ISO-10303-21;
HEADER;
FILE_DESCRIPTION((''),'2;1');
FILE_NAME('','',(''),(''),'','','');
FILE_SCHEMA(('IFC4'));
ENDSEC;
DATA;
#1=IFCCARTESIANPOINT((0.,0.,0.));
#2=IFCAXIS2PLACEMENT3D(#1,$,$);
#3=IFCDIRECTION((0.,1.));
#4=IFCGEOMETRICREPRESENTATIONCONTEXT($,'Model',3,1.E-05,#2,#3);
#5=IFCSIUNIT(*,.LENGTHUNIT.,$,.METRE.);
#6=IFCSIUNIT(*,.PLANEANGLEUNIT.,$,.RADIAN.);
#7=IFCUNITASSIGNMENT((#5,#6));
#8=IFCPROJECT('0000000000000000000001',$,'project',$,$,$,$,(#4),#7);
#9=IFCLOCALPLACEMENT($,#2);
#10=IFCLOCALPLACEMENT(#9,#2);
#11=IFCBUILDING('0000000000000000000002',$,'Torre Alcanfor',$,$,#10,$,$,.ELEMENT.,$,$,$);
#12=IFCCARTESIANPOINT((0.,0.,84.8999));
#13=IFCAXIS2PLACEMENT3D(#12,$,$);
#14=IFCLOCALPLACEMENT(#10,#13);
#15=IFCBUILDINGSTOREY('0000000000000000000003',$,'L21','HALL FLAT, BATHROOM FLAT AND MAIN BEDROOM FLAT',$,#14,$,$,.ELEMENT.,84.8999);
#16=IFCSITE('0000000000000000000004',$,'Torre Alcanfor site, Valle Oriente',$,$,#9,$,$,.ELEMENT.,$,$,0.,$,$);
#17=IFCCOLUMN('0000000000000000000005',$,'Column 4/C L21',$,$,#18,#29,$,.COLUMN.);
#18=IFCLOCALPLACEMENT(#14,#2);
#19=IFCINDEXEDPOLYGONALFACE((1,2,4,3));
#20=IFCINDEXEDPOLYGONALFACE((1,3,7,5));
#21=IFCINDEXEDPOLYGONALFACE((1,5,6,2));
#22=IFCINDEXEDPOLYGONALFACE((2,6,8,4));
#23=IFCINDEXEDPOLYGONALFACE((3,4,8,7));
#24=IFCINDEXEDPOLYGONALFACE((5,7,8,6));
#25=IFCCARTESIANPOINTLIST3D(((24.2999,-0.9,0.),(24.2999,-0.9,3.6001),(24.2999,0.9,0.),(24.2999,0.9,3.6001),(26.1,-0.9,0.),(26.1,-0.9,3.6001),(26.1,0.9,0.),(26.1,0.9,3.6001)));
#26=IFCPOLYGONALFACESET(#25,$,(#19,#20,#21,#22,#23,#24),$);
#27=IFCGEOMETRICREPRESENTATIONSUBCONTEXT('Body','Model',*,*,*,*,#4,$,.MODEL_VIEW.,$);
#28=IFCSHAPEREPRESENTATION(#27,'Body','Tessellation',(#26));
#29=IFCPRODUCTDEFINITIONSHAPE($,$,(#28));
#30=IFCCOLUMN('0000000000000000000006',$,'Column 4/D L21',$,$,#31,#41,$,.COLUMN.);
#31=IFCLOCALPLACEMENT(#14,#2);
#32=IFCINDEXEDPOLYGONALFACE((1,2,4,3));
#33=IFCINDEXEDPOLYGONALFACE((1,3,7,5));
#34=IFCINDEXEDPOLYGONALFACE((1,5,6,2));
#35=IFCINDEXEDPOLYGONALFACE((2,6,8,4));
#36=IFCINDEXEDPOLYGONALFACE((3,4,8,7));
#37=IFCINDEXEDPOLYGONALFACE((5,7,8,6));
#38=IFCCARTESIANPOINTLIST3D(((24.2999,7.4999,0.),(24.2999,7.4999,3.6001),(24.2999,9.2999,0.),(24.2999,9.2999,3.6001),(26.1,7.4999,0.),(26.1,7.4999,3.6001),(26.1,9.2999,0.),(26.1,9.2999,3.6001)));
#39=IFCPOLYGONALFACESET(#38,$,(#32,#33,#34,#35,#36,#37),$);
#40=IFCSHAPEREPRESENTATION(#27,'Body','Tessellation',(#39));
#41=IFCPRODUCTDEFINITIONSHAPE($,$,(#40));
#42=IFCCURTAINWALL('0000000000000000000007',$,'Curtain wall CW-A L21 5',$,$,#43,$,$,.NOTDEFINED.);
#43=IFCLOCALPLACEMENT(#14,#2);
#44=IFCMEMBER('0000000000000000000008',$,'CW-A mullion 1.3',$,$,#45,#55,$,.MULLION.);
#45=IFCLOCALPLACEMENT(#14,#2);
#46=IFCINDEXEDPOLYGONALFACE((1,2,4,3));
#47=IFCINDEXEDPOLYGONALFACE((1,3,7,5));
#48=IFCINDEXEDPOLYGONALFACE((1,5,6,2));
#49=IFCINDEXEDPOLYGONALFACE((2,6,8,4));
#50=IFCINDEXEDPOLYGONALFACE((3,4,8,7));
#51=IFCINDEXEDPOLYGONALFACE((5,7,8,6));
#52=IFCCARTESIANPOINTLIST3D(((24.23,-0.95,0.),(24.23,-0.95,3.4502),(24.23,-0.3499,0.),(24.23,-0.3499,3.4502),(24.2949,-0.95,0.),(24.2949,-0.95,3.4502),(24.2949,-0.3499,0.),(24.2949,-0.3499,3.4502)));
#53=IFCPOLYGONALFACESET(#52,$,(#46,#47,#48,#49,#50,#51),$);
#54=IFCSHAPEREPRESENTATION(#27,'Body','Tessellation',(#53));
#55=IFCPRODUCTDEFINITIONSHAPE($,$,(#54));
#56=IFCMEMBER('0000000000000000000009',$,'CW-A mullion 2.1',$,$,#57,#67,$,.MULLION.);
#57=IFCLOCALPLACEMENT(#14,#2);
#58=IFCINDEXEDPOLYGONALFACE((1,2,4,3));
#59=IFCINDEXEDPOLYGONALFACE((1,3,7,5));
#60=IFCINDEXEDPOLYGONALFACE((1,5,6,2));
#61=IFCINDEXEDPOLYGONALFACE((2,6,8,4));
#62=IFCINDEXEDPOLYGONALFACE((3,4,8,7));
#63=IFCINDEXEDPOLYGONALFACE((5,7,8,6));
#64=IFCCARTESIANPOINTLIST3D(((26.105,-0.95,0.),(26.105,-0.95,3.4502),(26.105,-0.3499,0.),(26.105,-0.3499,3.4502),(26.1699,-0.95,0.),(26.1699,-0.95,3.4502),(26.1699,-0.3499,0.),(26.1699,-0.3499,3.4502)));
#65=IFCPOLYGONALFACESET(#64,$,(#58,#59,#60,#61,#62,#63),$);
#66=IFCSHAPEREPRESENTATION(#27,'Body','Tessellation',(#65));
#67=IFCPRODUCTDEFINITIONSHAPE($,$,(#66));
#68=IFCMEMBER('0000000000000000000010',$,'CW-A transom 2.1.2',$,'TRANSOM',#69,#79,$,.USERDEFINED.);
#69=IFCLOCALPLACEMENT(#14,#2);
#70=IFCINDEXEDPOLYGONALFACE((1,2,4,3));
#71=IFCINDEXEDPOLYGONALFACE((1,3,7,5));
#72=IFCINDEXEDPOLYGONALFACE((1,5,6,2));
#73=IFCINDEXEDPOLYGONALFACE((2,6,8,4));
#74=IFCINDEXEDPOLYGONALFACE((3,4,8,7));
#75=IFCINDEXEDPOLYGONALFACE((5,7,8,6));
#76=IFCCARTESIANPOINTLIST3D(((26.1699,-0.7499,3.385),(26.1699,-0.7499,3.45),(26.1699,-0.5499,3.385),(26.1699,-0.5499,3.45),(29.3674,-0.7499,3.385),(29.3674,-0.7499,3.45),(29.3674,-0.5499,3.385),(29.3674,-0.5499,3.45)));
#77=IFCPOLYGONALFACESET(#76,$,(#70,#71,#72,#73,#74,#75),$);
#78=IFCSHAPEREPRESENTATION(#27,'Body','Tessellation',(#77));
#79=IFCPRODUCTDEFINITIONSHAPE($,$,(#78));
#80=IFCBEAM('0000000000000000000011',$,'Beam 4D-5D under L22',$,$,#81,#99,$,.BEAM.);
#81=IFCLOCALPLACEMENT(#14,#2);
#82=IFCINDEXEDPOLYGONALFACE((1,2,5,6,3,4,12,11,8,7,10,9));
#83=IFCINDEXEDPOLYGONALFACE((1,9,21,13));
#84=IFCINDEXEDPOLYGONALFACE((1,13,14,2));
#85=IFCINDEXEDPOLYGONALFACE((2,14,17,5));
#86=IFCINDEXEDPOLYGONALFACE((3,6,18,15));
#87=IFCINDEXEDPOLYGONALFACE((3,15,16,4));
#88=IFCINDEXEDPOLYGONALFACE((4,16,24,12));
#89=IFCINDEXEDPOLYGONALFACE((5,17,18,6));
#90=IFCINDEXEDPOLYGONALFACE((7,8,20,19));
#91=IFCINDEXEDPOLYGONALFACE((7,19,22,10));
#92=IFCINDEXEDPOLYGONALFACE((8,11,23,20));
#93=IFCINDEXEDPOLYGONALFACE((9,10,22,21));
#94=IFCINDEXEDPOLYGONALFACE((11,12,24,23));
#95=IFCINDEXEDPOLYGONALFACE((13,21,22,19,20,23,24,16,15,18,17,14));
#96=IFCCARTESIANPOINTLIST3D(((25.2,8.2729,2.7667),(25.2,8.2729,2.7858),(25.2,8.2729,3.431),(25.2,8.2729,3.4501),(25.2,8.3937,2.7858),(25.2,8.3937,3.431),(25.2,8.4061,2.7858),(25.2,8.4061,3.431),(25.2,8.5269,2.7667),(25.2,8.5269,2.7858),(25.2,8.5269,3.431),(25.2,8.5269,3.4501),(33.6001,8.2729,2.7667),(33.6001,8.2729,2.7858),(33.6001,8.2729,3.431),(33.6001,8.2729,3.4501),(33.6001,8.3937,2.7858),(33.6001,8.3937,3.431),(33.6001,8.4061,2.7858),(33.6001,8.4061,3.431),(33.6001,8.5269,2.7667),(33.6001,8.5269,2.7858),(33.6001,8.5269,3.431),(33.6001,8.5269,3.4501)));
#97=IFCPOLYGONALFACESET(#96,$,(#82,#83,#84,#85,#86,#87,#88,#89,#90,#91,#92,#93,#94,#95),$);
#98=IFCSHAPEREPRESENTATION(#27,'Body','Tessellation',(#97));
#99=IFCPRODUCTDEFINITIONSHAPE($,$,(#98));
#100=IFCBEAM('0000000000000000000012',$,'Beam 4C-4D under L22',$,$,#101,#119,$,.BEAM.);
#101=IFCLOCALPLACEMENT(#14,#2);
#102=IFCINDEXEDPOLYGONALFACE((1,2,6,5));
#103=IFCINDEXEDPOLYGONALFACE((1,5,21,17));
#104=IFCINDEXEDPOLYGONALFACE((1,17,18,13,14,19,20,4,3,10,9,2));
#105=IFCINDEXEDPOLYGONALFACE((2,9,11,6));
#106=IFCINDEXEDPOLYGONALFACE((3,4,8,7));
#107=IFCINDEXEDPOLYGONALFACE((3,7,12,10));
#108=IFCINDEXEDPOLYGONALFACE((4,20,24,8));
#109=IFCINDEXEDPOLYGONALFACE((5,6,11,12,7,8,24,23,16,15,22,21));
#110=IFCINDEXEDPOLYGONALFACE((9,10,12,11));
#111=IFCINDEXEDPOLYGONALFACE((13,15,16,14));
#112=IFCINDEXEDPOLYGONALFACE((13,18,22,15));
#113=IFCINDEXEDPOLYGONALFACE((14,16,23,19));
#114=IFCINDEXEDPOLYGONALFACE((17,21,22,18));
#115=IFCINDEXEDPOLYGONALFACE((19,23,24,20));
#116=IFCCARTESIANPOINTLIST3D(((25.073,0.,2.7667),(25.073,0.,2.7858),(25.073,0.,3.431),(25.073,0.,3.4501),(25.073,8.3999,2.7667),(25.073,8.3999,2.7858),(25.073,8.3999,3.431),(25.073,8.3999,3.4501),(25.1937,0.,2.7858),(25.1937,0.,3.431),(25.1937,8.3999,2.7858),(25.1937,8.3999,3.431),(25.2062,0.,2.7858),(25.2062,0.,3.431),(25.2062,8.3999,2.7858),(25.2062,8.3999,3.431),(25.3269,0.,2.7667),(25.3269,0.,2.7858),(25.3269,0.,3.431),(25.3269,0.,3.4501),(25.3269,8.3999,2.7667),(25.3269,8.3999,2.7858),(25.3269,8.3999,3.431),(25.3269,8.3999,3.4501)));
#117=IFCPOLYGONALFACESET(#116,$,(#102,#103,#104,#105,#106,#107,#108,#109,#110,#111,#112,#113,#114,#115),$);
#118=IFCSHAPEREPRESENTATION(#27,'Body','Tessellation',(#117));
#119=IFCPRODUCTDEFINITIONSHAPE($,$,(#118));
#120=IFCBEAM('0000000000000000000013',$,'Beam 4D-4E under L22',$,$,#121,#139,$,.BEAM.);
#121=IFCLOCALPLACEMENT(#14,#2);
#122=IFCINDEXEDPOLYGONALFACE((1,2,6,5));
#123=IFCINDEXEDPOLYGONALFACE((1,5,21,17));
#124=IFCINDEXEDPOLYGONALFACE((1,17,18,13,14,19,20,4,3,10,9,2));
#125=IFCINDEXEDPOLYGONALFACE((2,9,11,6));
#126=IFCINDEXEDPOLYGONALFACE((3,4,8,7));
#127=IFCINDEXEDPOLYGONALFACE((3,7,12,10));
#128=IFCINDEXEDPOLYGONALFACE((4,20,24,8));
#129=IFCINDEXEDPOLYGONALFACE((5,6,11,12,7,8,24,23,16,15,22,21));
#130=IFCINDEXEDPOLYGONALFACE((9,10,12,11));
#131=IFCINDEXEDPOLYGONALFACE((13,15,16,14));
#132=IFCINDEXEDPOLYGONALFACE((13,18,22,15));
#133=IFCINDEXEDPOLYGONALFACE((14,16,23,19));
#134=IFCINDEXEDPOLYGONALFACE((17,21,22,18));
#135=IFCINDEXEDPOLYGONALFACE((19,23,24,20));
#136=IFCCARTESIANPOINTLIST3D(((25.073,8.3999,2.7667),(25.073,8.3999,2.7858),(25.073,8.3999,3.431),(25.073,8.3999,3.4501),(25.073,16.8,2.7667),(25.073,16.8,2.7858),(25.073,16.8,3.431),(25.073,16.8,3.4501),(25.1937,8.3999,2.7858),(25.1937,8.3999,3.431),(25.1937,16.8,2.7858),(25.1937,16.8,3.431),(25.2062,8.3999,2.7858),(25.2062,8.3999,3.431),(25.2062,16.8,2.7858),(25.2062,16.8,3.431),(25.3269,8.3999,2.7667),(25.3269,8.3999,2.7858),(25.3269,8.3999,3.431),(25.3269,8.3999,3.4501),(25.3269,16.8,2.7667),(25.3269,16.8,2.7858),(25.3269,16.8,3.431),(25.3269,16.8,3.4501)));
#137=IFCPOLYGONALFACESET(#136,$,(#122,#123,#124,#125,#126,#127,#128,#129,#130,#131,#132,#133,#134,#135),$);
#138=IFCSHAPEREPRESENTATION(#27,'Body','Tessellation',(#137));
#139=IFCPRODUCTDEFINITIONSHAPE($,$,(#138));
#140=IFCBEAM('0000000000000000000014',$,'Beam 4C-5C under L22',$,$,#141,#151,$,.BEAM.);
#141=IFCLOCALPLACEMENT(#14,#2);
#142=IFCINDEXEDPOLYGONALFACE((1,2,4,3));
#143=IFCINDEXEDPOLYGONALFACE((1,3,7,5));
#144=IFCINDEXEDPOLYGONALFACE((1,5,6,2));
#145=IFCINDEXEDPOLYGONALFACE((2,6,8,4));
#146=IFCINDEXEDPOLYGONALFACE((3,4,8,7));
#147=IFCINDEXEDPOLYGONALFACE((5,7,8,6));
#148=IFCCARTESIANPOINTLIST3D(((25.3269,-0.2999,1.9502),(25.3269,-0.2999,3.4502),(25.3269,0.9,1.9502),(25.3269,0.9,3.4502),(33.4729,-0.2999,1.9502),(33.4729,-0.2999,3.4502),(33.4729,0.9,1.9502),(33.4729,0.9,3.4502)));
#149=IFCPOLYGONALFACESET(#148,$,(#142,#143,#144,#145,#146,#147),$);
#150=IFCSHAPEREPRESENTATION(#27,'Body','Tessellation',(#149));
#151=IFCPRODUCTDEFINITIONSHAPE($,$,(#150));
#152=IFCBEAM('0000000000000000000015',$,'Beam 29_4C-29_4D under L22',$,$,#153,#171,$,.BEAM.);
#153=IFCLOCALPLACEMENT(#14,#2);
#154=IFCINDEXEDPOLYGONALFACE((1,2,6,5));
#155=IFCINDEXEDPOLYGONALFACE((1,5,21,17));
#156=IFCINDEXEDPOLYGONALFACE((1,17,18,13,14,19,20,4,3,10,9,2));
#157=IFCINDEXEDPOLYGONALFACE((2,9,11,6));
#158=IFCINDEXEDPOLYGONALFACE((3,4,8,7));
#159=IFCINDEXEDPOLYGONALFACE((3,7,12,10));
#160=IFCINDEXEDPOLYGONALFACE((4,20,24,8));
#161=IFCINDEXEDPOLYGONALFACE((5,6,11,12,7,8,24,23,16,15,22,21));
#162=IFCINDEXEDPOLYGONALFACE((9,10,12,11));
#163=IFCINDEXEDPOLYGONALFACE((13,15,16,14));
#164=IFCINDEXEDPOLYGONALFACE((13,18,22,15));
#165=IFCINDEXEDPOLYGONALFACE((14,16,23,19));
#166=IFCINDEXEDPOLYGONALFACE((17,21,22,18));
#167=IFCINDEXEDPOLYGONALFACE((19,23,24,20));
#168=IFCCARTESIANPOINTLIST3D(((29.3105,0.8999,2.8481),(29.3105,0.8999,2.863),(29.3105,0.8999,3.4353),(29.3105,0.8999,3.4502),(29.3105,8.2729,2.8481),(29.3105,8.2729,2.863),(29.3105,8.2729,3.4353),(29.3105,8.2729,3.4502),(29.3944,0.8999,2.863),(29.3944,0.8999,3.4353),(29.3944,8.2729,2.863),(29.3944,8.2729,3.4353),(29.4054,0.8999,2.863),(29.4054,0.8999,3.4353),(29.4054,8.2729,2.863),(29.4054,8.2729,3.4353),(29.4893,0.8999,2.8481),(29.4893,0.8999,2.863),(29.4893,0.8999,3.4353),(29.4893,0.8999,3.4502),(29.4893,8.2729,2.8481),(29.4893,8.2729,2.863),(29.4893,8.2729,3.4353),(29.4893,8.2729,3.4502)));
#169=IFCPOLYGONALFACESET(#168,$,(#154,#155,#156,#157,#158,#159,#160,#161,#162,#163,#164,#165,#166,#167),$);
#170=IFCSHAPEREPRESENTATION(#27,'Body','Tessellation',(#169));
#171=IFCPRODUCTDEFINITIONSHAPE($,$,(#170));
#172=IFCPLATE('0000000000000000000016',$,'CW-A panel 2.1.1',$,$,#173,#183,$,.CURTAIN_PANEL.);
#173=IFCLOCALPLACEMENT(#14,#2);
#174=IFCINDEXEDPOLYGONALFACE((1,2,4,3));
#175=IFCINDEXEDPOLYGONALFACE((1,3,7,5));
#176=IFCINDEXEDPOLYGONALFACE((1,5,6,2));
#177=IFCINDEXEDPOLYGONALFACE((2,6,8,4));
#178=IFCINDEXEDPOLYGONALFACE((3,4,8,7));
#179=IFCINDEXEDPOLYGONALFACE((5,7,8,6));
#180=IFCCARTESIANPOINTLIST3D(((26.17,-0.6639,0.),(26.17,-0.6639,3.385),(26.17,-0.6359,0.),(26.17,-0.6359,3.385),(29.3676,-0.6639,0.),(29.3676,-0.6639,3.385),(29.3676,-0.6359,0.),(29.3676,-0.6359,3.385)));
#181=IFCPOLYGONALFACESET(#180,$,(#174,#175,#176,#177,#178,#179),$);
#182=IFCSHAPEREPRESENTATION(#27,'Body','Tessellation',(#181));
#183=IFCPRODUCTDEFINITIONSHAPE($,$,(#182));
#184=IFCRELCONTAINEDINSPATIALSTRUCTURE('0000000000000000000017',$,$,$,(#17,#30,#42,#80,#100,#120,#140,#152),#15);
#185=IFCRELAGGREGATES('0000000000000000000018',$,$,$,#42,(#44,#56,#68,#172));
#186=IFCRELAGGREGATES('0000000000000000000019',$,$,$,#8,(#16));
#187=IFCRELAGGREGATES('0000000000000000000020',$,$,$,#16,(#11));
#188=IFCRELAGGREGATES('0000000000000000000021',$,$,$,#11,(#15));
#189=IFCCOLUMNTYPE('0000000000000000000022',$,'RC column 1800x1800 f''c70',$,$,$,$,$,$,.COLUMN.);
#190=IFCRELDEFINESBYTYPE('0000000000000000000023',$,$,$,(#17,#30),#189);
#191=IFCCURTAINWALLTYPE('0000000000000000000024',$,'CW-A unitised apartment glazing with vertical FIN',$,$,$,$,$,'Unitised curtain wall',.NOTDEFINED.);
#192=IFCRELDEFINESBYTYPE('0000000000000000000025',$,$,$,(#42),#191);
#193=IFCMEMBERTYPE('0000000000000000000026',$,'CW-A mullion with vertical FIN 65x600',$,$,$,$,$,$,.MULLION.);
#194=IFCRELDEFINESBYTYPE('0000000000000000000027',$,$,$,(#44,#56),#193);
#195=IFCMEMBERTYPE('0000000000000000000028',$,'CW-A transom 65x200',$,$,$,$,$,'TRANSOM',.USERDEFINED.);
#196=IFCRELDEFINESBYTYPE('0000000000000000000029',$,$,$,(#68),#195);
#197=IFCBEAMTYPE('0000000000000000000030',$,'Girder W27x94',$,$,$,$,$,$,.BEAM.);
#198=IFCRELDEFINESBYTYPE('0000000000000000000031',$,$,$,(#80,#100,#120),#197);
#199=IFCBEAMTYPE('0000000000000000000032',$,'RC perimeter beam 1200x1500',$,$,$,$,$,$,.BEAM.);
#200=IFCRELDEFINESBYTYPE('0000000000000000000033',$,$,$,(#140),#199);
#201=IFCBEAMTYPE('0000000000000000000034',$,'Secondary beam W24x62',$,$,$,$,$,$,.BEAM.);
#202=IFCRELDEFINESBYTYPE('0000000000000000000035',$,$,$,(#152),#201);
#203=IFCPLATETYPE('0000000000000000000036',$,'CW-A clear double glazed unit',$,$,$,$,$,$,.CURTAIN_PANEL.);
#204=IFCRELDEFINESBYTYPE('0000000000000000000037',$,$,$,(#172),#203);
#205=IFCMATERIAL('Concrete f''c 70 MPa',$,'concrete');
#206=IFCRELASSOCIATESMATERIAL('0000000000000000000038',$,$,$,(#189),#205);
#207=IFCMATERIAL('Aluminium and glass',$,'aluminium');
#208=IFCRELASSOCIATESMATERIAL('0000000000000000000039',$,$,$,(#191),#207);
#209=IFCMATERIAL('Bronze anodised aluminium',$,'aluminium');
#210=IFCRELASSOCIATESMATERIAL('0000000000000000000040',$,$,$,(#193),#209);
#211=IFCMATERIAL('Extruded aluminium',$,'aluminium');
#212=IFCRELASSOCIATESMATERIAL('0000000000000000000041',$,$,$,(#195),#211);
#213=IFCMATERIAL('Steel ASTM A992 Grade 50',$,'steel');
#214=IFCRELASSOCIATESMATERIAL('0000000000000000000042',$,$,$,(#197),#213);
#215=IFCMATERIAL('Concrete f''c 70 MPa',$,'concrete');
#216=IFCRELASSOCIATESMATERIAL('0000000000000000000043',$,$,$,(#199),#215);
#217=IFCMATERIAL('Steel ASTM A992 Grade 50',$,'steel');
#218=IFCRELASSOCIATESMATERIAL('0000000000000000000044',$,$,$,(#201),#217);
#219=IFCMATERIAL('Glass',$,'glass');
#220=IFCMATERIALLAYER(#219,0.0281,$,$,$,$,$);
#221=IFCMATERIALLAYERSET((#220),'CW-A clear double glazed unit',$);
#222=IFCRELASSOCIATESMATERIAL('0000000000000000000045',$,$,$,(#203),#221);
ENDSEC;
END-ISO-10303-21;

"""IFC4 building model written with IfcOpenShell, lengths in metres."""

from ifc_helpers import new_model, si_unit, direction, frame, origin, origin_2d, place, context, subcontext, project, spatial, rectangle, i_section, extrude, material, layer, layer_set, material_profile, profile_set, type_object, element, aggregate, save


model = new_model("IFC4")

# Units and contexts
model_context = context("Model", 3, precision=1e-05, world=origin(), true_north=direction((0.0, 1.0)))
body_context = subcontext(model_context, "Body", "Model", "MODEL_VIEW")
ifc_project = project(units=[si_unit("LENGTHUNIT", "METRE"), si_unit("PLANEANGLEUNIT", "RADIAN")], contexts=[model_context])

# Site, building, storey
site_placement = place(None, origin())
site = spatial("IfcSite", under=ifc_project, at=site_placement, Name="Torre Alcanfor site, Valle Oriente", CompositionType="ELEMENT", RefElevation=0.0)
building_placement = place(site_placement, origin())
building = spatial("IfcBuilding", under=site, at=building_placement, Name="Torre Alcanfor", CompositionType="ELEMENT")
storey_placement = place(building_placement, frame((0.0, 0.0, 84.8999)))
storey = spatial("IfcBuildingStorey", under=building, at=storey_placement, Name="L21", Description="HALL FLAT, BATHROOM FLAT AND MAIN BEDROOM FLAT", CompositionType="ELEMENT", Elevation=84.8999)

# Columns
ifc_material_1 = material(Name="Concrete f'c 70 MPa", Category="concrete")
ifc_material_profile_1 = material_profile(ifc_material_1, rectangle(XDim=1.8, YDim=1.8, at=origin_2d()), Name="1800x1800")
ifc_profile_set_1 = profile_set([ifc_material_profile_1], Name="Concrete f'c 70 MPa")
column_type = type_object("IfcColumnType", Name="RC column 1800x1800 f'c70", PredefinedType="COLUMN", material=ifc_profile_set_1)
for number, where, z_axis, x_axis, name in (
    (1, (25.2, 0.0, 0.0), (0.0, 0.0, 1.0), (1.0, 0.0, 0.0), "Column 4/C L21"),
    (2, (25.2, 8.3999, 0.0), (0.0, 0.0, 1.0), (1.0, 0.0, 0.0), "Column 4/D L21"),
):
    element("IfcColumn", number, at=place(storey_placement, frame(where, z_axis=z_axis, x_axis=x_axis)), inside=storey, type_object=column_type, Name=name, PredefinedType="COLUMN", context=body_context, shape_type="SweptSolid", body=[
        extrude(rectangle(XDim=1.8, YDim=1.8, at=origin_2d()), origin(), (0.0, 0.0, 1.0), 3.6001),
    ])

# Curtain wall, members
ifc_material_2 = material(Name="Aluminium and glass", Category="aluminium")
curtain_wall_type = type_object("IfcCurtainWallType", Name="CW-A unitised apartment glazing with vertical FIN", ElementType="Unitised curtain wall", PredefinedType="NOTDEFINED", material=ifc_material_2)
curtain_wall_placement = place(storey_placement, origin())
curtain_wall = element("IfcCurtainWall", 3, at=curtain_wall_placement, inside=storey, type_object=curtain_wall_type, Name="Curtain wall CW-A L21 5", PredefinedType="NOTDEFINED")
ifc_material_3 = material(Name="Bronze anodised aluminium", Category="aluminium")
ifc_material_profile_2 = material_profile(ifc_material_3, rectangle(XDim=0.6001, YDim=0.0649, at=origin_2d()), Name="CW-A mullion 65x600")
ifc_profile_set_2 = profile_set([ifc_material_profile_2], Name="Bronze anodised aluminium")
member_type_1 = type_object("IfcMemberType", Name="CW-A mullion with vertical FIN 65x600", PredefinedType="MULLION", material=ifc_profile_set_2)
member_1_placement = place(storey_placement, frame((24.2625, -0.6499, 0.0), z_axis=(0.0, 0.0, 1.0), x_axis=(0.0, 1.0, 0.0)))
member_1 = element("IfcMember", 4, at=member_1_placement, type_object=member_type_1, Name="CW-A mullion 1.3", PredefinedType="MULLION", context=body_context, shape_type="SweptSolid", body=[
    extrude(rectangle(XDim=0.6001, YDim=0.0649, at=origin_2d()), origin(), (0.0, 0.0, 1.0), 3.4502),
])
member_2_placement = place(storey_placement, frame((26.1375, -0.6499, 0.0), z_axis=(0.0, 0.0, 1.0), x_axis=(0.0, 1.0, 0.0)))
member_2 = element("IfcMember", 5, at=member_2_placement, type_object=member_type_1, Name="CW-A mullion 2.1", PredefinedType="MULLION", context=body_context, shape_type="SweptSolid", body=[
    extrude(rectangle(XDim=0.6001, YDim=0.0649, at=origin_2d()), origin(), (0.0, 0.0, 1.0), 3.4502),
])
ifc_material_4 = material(Name="Extruded aluminium", Category="aluminium")
ifc_material_profile_3 = material_profile(ifc_material_4, rectangle(XDim=0.2, YDim=0.0649, at=origin_2d()), Name="CW-A transom 200x65")
ifc_profile_set_3 = profile_set([ifc_material_profile_3], Name="Extruded aluminium")
member_type_2 = type_object("IfcMemberType", Name="CW-A transom 65x200", ElementType="TRANSOM", PredefinedType="USERDEFINED", material=ifc_profile_set_3)
member_3_placement = place(storey_placement, frame((26.1699, -0.6499, 3.4175), z_axis=(1.0, 0.0, 0.0), x_axis=(0.0, 1.0, 0.0)))
member_3 = element("IfcMember", 6, at=member_3_placement, type_object=member_type_2, Name="CW-A transom 2.1.2", ObjectType="TRANSOM", PredefinedType="USERDEFINED", context=body_context, shape_type="SweptSolid", body=[
    extrude(rectangle(XDim=0.2, YDim=0.0649, at=origin_2d()), origin(), (0.0, 0.0, 1.0), 3.1975),
])

# Beams
ifc_material_5 = material(Name="Steel ASTM A992 Grade 50", Category="steel")
ifc_material_profile_4 = material_profile(ifc_material_5, i_section(OverallWidth=0.2539, OverallDepth=0.6833, WebThickness=0.0125, FlangeThickness=0.019, at=origin_2d()), Name="W27x94")
ifc_profile_set_4 = profile_set([ifc_material_profile_4], Name="Steel ASTM A992 Grade 50")
beam_type_1 = type_object("IfcBeamType", Name="Girder W27x94", PredefinedType="BEAM", material=ifc_profile_set_4)
beam_1_placement = place(storey_placement, frame((25.2, 8.3999, 3.1084), z_axis=(1.0, 0.0, 0.0), x_axis=(0.0, 1.0, 0.0)))
element("IfcBeam", 7, at=beam_1_placement, inside=storey, type_object=beam_type_1, Name="Beam 4D-5D under L22", PredefinedType="BEAM", context=body_context, shape_type="SweptSolid", body=[
    extrude(i_section(OverallWidth=0.2539, OverallDepth=0.6833, WebThickness=0.0125, FlangeThickness=0.019, at=origin_2d()), origin(), (0.0, 0.0, 1.0), 8.4001),
])
beam_2_placement = place(storey_placement, frame((25.2, 0.0, 3.1084), z_axis=(0.0, 1.0, 0.0), x_axis=(-1.0, 0.0, 0.0)))
element("IfcBeam", 8, at=beam_2_placement, inside=storey, type_object=beam_type_1, Name="Beam 4C-4D under L22", PredefinedType="BEAM", context=body_context, shape_type="SweptSolid", body=[
    extrude(i_section(OverallWidth=0.2539, OverallDepth=0.6833, WebThickness=0.0125, FlangeThickness=0.019, at=origin_2d()), origin(), (0.0, 0.0, 1.0), 8.3999),
])
beam_3_placement = place(storey_placement, frame((25.2, 8.3999, 3.1084), z_axis=(0.0, 1.0, 0.0), x_axis=(-1.0, 0.0, 0.0)))
element("IfcBeam", 9, at=beam_3_placement, inside=storey, type_object=beam_type_1, Name="Beam 4D-4E under L22", PredefinedType="BEAM", context=body_context, shape_type="SweptSolid", body=[
    extrude(i_section(OverallWidth=0.2539, OverallDepth=0.6833, WebThickness=0.0125, FlangeThickness=0.019, at=origin_2d()), origin(), (0.0, 0.0, 1.0), 8.4001),
])
ifc_material_6 = material(Name="Concrete f'c 70 MPa", Category="concrete")
ifc_material_profile_5 = material_profile(ifc_material_6, rectangle(XDim=1.2, YDim=1.5, at=origin_2d()), Name="1200x1500")
ifc_profile_set_5 = profile_set([ifc_material_profile_5], Name="Concrete f'c 70 MPa")
beam_type_2 = type_object("IfcBeamType", Name="RC perimeter beam 1200x1500", PredefinedType="BEAM", material=ifc_profile_set_5)
beam_4_placement = place(storey_placement, frame((25.3269, 0.3, 2.7002), z_axis=(1.0, 0.0, 0.0), x_axis=(0.0, 1.0, 0.0)))
element("IfcBeam", 10, at=beam_4_placement, inside=storey, type_object=beam_type_2, Name="Beam 4C-5C under L22", PredefinedType="BEAM", context=body_context, shape_type="SweptSolid", body=[
    extrude(rectangle(XDim=1.2, YDim=1.5, at=origin_2d()), origin(), (0.0, 0.0, 1.0), 8.146),
])
ifc_material_7 = material(Name="Steel ASTM A992 Grade 50", Category="steel")
ifc_material_profile_6 = material_profile(ifc_material_7, i_section(OverallWidth=0.1787, OverallDepth=0.6021, WebThickness=0.011, FlangeThickness=0.0149, at=origin_2d()), Name="W24x62")
ifc_profile_set_6 = profile_set([ifc_material_profile_6], Name="Steel ASTM A992 Grade 50")
beam_type_3 = type_object("IfcBeamType", Name="Secondary beam W24x62", PredefinedType="BEAM", material=ifc_profile_set_6)
beam_5_placement = place(storey_placement, frame((29.3999, 0.8999, 3.1492), z_axis=(0.0, 1.0, 0.0), x_axis=(-1.0, 0.0, 0.0)))
element("IfcBeam", 11, at=beam_5_placement, inside=storey, type_object=beam_type_3, Name="Beam 29_4C-29_4D under L22", PredefinedType="BEAM", context=body_context, shape_type="SweptSolid", body=[
    extrude(i_section(OverallWidth=0.1787, OverallDepth=0.6021, WebThickness=0.011, FlangeThickness=0.0149, at=origin_2d()), origin(), (0.0, 0.0, 1.0), 7.373),
])

# Plate
ifc_material_8 = material(Name="Glass", Category="glass")
ifc_layer_1 = layer(ifc_material_8, 0.0281)
ifc_layer_set_1 = layer_set([ifc_layer_1], Name="CW-A clear double glazed unit")
plate_type = type_object("IfcPlateType", Name="CW-A clear double glazed unit", PredefinedType="CURTAIN_PANEL", material=ifc_layer_set_1)
plate_placement = place(storey_placement, frame((27.7688, -0.6499, 0.0), z_axis=(0.0, 0.0, 1.0), x_axis=(1.0, 0.0, 0.0)))
plate = element("IfcPlate", 12, at=plate_placement, type_object=plate_type, Name="CW-A panel 2.1.1", PredefinedType="CURTAIN_PANEL", context=body_context, shape_type="SweptSolid", body=[
    extrude(rectangle(XDim=3.1975, YDim=0.0281, at=origin_2d()), origin(), (0.0, 0.0, 1.0), 3.385),
])
aggregate(curtain_wall, [member_1, member_2, member_3, plate])

save(model, "model.ifc")
